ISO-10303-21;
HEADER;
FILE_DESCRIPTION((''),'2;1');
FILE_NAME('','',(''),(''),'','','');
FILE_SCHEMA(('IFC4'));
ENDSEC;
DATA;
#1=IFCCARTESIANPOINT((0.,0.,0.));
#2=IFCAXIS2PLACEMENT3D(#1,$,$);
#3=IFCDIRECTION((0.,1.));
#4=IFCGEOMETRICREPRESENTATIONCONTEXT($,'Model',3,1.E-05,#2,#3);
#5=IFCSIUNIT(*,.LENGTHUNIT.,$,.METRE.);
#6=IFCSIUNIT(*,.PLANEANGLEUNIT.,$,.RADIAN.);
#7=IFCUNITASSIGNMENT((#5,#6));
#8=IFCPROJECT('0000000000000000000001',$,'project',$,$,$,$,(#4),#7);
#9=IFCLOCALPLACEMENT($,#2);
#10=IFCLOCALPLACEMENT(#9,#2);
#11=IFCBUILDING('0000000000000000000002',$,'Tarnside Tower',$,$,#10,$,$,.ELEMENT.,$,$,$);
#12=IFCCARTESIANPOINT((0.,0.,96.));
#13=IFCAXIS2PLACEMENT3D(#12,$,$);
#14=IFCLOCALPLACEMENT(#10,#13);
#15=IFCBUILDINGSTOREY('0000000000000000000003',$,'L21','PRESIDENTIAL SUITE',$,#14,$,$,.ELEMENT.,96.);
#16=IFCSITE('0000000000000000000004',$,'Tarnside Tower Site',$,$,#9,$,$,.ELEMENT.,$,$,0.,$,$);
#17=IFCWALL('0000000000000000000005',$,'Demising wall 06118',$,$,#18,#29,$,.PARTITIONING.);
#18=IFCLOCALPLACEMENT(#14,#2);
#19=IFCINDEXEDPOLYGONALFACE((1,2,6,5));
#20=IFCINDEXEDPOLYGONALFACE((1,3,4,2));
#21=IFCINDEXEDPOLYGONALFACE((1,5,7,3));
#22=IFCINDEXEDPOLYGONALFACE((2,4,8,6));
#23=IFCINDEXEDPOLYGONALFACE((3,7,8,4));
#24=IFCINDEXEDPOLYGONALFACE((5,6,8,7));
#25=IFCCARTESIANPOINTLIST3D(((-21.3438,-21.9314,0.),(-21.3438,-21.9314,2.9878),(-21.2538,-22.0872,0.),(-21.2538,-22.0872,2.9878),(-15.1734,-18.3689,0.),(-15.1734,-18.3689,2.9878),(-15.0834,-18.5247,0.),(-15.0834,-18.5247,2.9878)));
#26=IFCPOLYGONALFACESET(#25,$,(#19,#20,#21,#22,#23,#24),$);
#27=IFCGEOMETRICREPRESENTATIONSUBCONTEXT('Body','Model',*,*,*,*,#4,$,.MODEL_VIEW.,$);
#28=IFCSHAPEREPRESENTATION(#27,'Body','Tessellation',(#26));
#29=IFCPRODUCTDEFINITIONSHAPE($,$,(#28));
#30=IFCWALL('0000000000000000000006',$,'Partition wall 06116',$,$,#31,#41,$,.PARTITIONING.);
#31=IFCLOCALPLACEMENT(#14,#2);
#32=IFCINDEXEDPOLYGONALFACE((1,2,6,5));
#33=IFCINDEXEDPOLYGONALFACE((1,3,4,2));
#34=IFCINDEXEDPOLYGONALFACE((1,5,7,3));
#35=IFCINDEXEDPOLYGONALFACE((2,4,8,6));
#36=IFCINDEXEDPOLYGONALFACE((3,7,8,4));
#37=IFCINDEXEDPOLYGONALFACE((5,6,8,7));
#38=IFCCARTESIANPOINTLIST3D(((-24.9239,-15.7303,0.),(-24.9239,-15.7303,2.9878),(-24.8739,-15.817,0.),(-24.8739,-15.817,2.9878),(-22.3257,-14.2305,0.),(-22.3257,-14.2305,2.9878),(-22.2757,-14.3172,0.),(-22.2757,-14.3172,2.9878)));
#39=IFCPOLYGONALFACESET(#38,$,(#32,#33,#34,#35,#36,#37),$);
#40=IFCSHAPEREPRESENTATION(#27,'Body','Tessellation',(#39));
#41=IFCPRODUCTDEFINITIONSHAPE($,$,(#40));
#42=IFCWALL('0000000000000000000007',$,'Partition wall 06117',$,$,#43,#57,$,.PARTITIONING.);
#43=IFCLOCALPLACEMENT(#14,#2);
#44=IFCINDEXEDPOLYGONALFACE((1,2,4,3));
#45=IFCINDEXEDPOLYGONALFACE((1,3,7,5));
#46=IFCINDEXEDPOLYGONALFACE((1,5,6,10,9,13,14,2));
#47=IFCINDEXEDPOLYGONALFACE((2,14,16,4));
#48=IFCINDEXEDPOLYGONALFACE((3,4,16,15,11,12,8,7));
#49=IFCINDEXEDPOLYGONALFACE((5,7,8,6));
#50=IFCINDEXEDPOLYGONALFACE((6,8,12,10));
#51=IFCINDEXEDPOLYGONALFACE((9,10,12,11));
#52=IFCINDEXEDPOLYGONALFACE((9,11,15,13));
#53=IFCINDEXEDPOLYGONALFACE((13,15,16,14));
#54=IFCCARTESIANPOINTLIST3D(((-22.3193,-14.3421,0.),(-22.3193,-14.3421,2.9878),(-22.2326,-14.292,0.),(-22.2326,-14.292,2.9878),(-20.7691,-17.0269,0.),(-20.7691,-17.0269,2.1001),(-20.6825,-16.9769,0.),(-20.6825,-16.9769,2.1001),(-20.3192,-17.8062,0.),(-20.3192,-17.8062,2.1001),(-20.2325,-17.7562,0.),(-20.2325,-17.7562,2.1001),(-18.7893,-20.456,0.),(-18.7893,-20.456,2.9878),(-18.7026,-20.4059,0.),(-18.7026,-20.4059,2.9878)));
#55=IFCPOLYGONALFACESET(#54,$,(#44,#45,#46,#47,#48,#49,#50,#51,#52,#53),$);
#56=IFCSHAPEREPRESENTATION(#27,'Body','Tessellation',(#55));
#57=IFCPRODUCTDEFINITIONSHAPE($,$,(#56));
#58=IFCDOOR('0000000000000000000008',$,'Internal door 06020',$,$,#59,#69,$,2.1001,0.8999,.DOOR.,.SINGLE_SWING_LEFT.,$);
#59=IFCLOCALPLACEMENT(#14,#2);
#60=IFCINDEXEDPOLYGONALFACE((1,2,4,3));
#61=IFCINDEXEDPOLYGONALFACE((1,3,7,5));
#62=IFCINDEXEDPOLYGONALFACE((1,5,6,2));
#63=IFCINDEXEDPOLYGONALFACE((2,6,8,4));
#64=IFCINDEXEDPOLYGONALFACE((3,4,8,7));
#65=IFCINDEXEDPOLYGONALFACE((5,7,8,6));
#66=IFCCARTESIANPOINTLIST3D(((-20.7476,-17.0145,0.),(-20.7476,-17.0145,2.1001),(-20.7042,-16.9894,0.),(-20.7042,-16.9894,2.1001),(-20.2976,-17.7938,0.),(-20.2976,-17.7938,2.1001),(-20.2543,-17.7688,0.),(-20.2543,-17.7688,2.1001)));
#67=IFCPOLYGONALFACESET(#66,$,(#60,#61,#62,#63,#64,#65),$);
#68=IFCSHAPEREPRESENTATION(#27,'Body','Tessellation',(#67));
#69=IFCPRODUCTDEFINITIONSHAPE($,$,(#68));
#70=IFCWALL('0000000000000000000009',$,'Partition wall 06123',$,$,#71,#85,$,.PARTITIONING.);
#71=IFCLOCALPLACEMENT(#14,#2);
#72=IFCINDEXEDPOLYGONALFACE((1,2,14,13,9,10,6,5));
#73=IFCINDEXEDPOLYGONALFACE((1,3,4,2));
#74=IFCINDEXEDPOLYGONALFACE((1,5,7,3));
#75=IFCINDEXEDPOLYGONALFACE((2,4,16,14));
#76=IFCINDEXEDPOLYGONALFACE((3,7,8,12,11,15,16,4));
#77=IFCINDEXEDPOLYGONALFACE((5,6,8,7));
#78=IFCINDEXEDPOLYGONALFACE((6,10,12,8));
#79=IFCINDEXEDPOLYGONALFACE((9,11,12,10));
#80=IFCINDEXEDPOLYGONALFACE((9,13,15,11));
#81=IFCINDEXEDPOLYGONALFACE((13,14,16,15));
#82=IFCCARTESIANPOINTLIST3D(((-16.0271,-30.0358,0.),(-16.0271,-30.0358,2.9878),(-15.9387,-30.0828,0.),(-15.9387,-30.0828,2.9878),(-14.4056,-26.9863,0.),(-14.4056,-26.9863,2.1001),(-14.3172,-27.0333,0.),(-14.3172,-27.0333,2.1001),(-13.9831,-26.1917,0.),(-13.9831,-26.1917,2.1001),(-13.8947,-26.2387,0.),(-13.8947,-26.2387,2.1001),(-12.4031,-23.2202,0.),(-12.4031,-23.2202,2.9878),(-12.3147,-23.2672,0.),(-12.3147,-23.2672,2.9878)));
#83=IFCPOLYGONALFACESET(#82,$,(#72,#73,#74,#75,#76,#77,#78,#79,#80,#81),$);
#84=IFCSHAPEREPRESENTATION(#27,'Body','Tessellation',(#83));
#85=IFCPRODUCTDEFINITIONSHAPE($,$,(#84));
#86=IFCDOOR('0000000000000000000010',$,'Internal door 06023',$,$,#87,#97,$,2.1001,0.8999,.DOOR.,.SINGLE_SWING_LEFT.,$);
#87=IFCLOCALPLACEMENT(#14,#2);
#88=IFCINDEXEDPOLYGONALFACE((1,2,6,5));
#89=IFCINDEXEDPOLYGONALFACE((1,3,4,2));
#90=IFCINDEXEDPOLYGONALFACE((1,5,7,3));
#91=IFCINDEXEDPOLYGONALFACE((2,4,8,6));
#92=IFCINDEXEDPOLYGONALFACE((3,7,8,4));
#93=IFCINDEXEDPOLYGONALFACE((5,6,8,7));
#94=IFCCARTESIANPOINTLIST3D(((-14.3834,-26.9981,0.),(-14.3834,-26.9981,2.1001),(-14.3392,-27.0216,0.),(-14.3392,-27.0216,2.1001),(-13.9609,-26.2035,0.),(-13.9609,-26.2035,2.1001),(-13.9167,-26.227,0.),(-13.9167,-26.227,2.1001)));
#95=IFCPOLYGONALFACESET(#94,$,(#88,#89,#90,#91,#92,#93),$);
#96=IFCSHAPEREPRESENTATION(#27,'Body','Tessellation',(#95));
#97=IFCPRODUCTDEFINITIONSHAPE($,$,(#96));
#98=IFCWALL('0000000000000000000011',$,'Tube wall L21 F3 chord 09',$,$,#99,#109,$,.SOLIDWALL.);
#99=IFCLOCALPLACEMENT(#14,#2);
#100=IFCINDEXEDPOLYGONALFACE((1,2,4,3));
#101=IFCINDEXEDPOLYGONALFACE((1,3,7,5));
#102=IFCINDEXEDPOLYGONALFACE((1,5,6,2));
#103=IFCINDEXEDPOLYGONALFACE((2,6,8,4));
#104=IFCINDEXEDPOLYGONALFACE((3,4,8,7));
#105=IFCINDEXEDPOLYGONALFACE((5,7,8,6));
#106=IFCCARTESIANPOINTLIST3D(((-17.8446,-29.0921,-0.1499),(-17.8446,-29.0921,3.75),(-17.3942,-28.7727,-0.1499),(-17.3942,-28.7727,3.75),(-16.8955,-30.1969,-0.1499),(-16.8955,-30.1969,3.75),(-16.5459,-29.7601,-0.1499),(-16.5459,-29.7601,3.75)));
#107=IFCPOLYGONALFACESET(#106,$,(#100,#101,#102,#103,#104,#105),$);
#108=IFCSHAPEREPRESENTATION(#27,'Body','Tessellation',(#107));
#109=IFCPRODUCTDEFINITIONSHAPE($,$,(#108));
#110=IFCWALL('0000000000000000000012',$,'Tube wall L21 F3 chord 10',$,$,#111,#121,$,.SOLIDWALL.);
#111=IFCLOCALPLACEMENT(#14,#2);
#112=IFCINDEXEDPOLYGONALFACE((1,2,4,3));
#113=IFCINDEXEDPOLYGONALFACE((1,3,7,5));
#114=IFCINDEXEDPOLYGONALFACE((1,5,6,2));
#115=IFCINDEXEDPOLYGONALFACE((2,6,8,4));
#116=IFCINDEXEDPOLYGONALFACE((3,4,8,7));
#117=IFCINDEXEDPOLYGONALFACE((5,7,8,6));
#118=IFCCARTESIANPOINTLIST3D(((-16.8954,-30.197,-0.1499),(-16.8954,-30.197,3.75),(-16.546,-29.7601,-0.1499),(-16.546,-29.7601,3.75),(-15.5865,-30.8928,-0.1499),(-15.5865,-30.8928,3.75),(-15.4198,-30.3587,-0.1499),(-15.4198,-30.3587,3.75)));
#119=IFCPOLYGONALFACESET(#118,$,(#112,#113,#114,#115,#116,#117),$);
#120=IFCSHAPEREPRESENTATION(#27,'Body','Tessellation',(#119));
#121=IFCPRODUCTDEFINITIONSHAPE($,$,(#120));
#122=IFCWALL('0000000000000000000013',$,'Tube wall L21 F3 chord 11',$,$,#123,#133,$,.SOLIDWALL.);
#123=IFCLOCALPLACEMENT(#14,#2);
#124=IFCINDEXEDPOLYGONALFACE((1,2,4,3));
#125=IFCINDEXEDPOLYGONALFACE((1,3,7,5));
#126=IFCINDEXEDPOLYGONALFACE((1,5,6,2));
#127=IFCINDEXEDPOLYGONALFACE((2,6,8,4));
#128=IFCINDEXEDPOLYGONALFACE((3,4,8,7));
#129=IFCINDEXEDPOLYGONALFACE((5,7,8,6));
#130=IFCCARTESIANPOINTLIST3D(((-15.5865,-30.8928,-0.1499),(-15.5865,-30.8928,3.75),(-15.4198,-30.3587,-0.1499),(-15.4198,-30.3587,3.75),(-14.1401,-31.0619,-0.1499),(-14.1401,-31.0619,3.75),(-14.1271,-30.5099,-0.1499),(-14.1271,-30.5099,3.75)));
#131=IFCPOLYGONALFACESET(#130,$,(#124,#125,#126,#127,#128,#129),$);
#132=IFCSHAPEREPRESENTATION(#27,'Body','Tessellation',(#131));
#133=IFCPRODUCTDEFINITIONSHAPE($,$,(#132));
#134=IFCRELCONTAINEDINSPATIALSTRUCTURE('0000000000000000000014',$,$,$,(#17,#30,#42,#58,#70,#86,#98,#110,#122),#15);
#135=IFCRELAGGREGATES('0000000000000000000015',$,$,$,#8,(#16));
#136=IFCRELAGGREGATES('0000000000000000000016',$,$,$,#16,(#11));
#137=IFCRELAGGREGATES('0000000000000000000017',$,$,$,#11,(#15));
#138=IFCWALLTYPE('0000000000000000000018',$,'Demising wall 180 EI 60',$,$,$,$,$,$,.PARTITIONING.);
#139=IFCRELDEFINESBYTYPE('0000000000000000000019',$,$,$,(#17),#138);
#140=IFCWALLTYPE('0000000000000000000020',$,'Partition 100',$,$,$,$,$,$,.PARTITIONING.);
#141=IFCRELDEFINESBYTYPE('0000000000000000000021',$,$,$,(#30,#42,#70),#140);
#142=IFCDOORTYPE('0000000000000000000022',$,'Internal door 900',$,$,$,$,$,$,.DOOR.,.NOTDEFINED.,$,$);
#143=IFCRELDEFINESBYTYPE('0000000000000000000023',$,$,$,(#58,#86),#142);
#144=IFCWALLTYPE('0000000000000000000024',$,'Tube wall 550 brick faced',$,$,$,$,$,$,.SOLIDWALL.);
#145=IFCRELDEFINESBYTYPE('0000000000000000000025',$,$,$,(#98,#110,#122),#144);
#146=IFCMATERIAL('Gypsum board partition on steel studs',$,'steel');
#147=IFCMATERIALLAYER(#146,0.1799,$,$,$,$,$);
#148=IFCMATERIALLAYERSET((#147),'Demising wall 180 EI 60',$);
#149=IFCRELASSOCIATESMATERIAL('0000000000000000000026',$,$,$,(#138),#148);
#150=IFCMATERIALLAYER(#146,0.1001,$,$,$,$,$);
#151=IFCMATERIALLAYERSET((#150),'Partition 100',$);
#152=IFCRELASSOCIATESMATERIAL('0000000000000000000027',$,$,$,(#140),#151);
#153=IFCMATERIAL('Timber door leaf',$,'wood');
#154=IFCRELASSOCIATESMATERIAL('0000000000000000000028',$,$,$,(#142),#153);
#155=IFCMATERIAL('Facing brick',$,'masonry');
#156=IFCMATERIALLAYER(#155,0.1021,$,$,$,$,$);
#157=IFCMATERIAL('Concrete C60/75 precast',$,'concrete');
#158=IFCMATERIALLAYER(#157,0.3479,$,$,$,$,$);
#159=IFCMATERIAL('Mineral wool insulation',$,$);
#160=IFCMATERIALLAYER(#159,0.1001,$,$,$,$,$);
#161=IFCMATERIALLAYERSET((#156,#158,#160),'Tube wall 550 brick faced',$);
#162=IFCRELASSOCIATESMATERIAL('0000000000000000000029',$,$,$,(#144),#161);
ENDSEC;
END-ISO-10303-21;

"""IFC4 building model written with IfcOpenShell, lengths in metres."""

from ifc_helpers import new_model, si_unit, direction, frame, frame_2d, origin, place, context, subcontext, project, spatial, polyline, rectangle, outline, extrude, material, layer, layer_set, type_object, element, fill, save


model = new_model("IFC4")

# Units and contexts
model_context = context("Model", 3, precision=1e-05, world=origin(), true_north=direction((0.0, 1.0)))
body_context = subcontext(model_context, "Body", "Model", "MODEL_VIEW")
ifc_project = project(units=[si_unit("LENGTHUNIT", "METRE"), si_unit("PLANEANGLEUNIT", "RADIAN")], contexts=[model_context])

# Site, building, storey
site_placement = place(None, origin())
site = spatial("IfcSite", under=ifc_project, at=site_placement, Name="Tarnside Tower Site", CompositionType="ELEMENT", RefElevation=0.0)
building_placement = place(site_placement, origin())
building = spatial("IfcBuilding", under=site, at=building_placement, Name="Tarnside Tower", CompositionType="ELEMENT")
storey_placement = place(building_placement, frame((0.0, 0.0, 96.0)))
storey = spatial("IfcBuildingStorey", under=building, at=storey_placement, Name="L21", Description="PRESIDENTIAL SUITE", CompositionType="ELEMENT", Elevation=96.0)

# Shared definitions
ifc_material_1 = material(Name="Gypsum board partition on steel studs", Category="steel")
ifc_material_2 = material(Name="Timber door leaf", Category="wood")

# Walls
ifc_layer_1 = layer(ifc_material_1, 0.1799)
ifc_layer_set_1 = layer_set([ifc_layer_1], Name="Demising wall 180 EI 60")
wall_type_1 = type_object("IfcWallType", Name="Demising wall 180 EI 60", PredefinedType="PARTITIONING", material=ifc_layer_set_1)
wall_1_placement = place(storey_placement, frame((-21.2988, -22.0093, 0.0), z_axis=(0.0, 0.0, 1.0), x_axis=(0.866025, 0.500001, 0.0)))
element("IfcWall", 1, at=wall_1_placement, inside=storey, type_object=wall_type_1, Name="Demising wall 06118", PredefinedType="PARTITIONING", context=body_context, shape_type="SweptSolid", body=[
    extrude(rectangle(XDim=7.125, YDim=0.1799, at=frame_2d((3.5625, 0.0))), origin(), (0.0, 0.0, 1.0), 2.9878),
])
ifc_layer_2 = layer(ifc_material_1, 0.1001)
ifc_layer_set_2 = layer_set([ifc_layer_2], Name="Partition 100")
wall_type_2 = type_object("IfcWallType", Name="Partition 100", PredefinedType="PARTITIONING", material=ifc_layer_set_2)
wall_2_placement = place(storey_placement, frame((-24.8989, -15.7737, 0.0), z_axis=(0.0, 0.0, 1.0), x_axis=(0.866066, 0.499929, 0.0)))
element("IfcWall", 2, at=wall_2_placement, inside=storey, type_object=wall_type_2, Name="Partition wall 06116", PredefinedType="PARTITIONING", context=body_context, shape_type="SweptSolid", body=[
    extrude(rectangle(XDim=3.0, YDim=0.1001, at=frame_2d((1.5, 0.0))), origin(), (0.0, 0.0, 1.0), 2.9878),
])

# Walls, openings, doors
wall_3_placement = place(storey_placement, frame((-22.2759, -14.3171, 0.0), z_axis=(0.0, 0.0, 1.0), x_axis=(0.500011, -0.866019, 0.0)))
wall_3 = element("IfcWall", 3, at=wall_3_placement, inside=storey, type_object=wall_type_2, Name="Partition wall 06117", PredefinedType="PARTITIONING", context=body_context, shape_type="SweptSolid", body=[
    extrude(rectangle(XDim=7.0598, YDim=0.1001, at=frame_2d((3.5298, 0.0))), origin(), (0.0, 0.0, 1.0), 2.9878),
])
opening_1_placement = place(wall_3_placement, frame((3.1001, 0.0, 0.0)))
opening_1 = element("IfcOpeningElement", 4, at=opening_1_placement, cuts=wall_3, PredefinedType="OPENING", context=body_context, shape_type="SweptSolid", body=[
    extrude(rectangle(XDim=0.8999, YDim=2.1001, at=frame_2d((0.45, 1.05))), frame((0.0, 0.0601, 0.0), z_axis=(0.0, -1.0, 0.0), x_axis=(1.0, 0.0, 0.0)), (0.0, 0.0, 1.0), 0.1201),
])
door_type_1 = type_object("IfcDoorType", Name="Internal door 900", OperationType="NOTDEFINED", PredefinedType="DOOR", material=ifc_material_2)
door_1_placement = place(opening_1_placement, origin())
door_1 = element("IfcDoor", 5, at=door_1_placement, inside=storey, type_object=door_type_1, Name="Internal door 06020", OperationType="SINGLE_SWING_LEFT", OverallHeight=2.1001, OverallWidth=0.8999, PredefinedType="DOOR", context=body_context, shape_type="SweptSolid", body=[
    extrude(rectangle(XDim=0.8999, YDim=2.1001, at=frame_2d((0.45, 1.05))), frame((0.0, 0.0249, 0.0), z_axis=(0.0, -1.0, 0.0), x_axis=(1.0, 0.0, 0.0)), (0.0, 0.0, 1.0), 0.05),
])
fill(opening_1, door_1)
wall_4_placement = place(storey_placement, frame((-15.9829, -30.0593, 0.0), z_axis=(0.0, 0.0, 1.0), x_axis=(0.469478, 0.882944, 0.0)))
wall_4 = element("IfcWall", 6, at=wall_4_placement, inside=storey, type_object=wall_type_2, Name="Partition wall 06123", PredefinedType="PARTITIONING", context=body_context, shape_type="SweptSolid", body=[
    extrude(rectangle(XDim=7.7192, YDim=0.1001, at=frame_2d((3.8596, 0.0))), origin(), (0.0, 0.0, 1.0), 2.9878),
])
opening_2_placement = place(wall_4_placement, frame((3.4539, 0.0, 0.0)))
opening_2 = element("IfcOpeningElement", 7, at=opening_2_placement, cuts=wall_4, PredefinedType="OPENING", context=body_context, shape_type="SweptSolid", body=[
    extrude(rectangle(XDim=0.8999, YDim=2.1001, at=frame_2d((0.45, 1.05))), frame((0.0, 0.0601, 0.0), z_axis=(0.0, -1.0, 0.0), x_axis=(1.0, 0.0, 0.0)), (0.0, 0.0, 1.0), 0.1201),
])
door_2_placement = place(opening_2_placement, origin())
door_2 = element("IfcDoor", 8, at=door_2_placement, inside=storey, type_object=door_type_1, Name="Internal door 06023", OperationType="SINGLE_SWING_LEFT", OverallHeight=2.1001, OverallWidth=0.8999, PredefinedType="DOOR", context=body_context, shape_type="SweptSolid", body=[
    extrude(rectangle(XDim=0.8999, YDim=2.1001, at=frame_2d((0.45, 1.05))), frame((0.0, 0.0249, 0.0), z_axis=(0.0, -1.0, 0.0), x_axis=(1.0, 0.0, 0.0)), (0.0, 0.0, 1.0), 0.05),
])
fill(opening_2, door_2)

# Walls
ifc_material_3 = material(Name="Facing brick", Category="masonry")
ifc_layer_3 = layer(ifc_material_3, 0.1021)
ifc_material_4 = material(Name="Concrete C60/75 precast", Category="concrete")
ifc_layer_4 = layer(ifc_material_4, 0.3479)
ifc_material_5 = material(Name="Mineral wool insulation")
ifc_layer_5 = layer(ifc_material_5, 0.1001)
ifc_layer_set_3 = layer_set([ifc_layer_3, ifc_layer_4, ifc_layer_5], Name="Tube wall 550 brick faced")
wall_type_3 = type_object("IfcWallType", Name="Tube wall 550 brick faced", PredefinedType="SOLIDWALL", material=ifc_layer_set_3)
wall_5_placement = place(storey_placement, frame((-17.6194, -28.9324, -0.1499), z_axis=(0.0, 0.0, 1.0), x_axis=(0.651622, -0.758544, 0.0)))
element("IfcWall", 9, at=wall_5_placement, inside=storey, type_object=wall_type_3, Name="Tube wall L21 F3 chord 09", PredefinedType="SOLIDWALL", context=body_context, shape_type="SweptSolid", body=[
    extrude(outline(polyline([(-0.0256, -0.2749), (1.4309, -0.2749), (1.3274, 0.2749), (0.0256, 0.2749), (-0.0256, -0.2749)])), origin(), (0.0, 0.0, 1.0), 3.8999),
])
wall_6_placement = place(storey_placement, frame((-16.7207, -29.9785, -0.1499), z_axis=(0.0, 0.0, 1.0), x_axis=(0.882994, -0.469384, 0.0)))
element("IfcWall", 10, at=wall_6_placement, inside=storey, type_object=wall_type_3, Name="Tube wall L21 F3 chord 10", PredefinedType="SOLIDWALL", context=body_context, shape_type="SweptSolid", body=[
    extrude(outline(polyline([(-0.0518, -0.2749), (1.4307, -0.2749), (1.3271, 0.2749), (0.0518, 0.2749), (-0.0518, -0.2749)])), origin(), (0.0, 0.0, 1.0), 3.8999),
])
wall_7_placement = place(storey_placement, frame((-15.5032, -30.6257, -0.1499), z_axis=(0.0, 0.0, 1.0), x_axis=(0.993233, -0.116143, 0.0)))
element("IfcWall", 11, at=wall_7_placement, inside=storey, type_object=wall_type_3, Name="Tube wall L21 F3 chord 11", PredefinedType="SOLIDWALL", context=body_context, shape_type="SweptSolid", body=[
    extrude(outline(polyline([(-0.0518, -0.2749), (1.4045, -0.2749), (1.3533, 0.2749), (0.0518, 0.2749), (-0.0518, -0.2749)])), origin(), (0.0, 0.0, 1.0), 3.8999),
])

save(model, "model.ifc")
